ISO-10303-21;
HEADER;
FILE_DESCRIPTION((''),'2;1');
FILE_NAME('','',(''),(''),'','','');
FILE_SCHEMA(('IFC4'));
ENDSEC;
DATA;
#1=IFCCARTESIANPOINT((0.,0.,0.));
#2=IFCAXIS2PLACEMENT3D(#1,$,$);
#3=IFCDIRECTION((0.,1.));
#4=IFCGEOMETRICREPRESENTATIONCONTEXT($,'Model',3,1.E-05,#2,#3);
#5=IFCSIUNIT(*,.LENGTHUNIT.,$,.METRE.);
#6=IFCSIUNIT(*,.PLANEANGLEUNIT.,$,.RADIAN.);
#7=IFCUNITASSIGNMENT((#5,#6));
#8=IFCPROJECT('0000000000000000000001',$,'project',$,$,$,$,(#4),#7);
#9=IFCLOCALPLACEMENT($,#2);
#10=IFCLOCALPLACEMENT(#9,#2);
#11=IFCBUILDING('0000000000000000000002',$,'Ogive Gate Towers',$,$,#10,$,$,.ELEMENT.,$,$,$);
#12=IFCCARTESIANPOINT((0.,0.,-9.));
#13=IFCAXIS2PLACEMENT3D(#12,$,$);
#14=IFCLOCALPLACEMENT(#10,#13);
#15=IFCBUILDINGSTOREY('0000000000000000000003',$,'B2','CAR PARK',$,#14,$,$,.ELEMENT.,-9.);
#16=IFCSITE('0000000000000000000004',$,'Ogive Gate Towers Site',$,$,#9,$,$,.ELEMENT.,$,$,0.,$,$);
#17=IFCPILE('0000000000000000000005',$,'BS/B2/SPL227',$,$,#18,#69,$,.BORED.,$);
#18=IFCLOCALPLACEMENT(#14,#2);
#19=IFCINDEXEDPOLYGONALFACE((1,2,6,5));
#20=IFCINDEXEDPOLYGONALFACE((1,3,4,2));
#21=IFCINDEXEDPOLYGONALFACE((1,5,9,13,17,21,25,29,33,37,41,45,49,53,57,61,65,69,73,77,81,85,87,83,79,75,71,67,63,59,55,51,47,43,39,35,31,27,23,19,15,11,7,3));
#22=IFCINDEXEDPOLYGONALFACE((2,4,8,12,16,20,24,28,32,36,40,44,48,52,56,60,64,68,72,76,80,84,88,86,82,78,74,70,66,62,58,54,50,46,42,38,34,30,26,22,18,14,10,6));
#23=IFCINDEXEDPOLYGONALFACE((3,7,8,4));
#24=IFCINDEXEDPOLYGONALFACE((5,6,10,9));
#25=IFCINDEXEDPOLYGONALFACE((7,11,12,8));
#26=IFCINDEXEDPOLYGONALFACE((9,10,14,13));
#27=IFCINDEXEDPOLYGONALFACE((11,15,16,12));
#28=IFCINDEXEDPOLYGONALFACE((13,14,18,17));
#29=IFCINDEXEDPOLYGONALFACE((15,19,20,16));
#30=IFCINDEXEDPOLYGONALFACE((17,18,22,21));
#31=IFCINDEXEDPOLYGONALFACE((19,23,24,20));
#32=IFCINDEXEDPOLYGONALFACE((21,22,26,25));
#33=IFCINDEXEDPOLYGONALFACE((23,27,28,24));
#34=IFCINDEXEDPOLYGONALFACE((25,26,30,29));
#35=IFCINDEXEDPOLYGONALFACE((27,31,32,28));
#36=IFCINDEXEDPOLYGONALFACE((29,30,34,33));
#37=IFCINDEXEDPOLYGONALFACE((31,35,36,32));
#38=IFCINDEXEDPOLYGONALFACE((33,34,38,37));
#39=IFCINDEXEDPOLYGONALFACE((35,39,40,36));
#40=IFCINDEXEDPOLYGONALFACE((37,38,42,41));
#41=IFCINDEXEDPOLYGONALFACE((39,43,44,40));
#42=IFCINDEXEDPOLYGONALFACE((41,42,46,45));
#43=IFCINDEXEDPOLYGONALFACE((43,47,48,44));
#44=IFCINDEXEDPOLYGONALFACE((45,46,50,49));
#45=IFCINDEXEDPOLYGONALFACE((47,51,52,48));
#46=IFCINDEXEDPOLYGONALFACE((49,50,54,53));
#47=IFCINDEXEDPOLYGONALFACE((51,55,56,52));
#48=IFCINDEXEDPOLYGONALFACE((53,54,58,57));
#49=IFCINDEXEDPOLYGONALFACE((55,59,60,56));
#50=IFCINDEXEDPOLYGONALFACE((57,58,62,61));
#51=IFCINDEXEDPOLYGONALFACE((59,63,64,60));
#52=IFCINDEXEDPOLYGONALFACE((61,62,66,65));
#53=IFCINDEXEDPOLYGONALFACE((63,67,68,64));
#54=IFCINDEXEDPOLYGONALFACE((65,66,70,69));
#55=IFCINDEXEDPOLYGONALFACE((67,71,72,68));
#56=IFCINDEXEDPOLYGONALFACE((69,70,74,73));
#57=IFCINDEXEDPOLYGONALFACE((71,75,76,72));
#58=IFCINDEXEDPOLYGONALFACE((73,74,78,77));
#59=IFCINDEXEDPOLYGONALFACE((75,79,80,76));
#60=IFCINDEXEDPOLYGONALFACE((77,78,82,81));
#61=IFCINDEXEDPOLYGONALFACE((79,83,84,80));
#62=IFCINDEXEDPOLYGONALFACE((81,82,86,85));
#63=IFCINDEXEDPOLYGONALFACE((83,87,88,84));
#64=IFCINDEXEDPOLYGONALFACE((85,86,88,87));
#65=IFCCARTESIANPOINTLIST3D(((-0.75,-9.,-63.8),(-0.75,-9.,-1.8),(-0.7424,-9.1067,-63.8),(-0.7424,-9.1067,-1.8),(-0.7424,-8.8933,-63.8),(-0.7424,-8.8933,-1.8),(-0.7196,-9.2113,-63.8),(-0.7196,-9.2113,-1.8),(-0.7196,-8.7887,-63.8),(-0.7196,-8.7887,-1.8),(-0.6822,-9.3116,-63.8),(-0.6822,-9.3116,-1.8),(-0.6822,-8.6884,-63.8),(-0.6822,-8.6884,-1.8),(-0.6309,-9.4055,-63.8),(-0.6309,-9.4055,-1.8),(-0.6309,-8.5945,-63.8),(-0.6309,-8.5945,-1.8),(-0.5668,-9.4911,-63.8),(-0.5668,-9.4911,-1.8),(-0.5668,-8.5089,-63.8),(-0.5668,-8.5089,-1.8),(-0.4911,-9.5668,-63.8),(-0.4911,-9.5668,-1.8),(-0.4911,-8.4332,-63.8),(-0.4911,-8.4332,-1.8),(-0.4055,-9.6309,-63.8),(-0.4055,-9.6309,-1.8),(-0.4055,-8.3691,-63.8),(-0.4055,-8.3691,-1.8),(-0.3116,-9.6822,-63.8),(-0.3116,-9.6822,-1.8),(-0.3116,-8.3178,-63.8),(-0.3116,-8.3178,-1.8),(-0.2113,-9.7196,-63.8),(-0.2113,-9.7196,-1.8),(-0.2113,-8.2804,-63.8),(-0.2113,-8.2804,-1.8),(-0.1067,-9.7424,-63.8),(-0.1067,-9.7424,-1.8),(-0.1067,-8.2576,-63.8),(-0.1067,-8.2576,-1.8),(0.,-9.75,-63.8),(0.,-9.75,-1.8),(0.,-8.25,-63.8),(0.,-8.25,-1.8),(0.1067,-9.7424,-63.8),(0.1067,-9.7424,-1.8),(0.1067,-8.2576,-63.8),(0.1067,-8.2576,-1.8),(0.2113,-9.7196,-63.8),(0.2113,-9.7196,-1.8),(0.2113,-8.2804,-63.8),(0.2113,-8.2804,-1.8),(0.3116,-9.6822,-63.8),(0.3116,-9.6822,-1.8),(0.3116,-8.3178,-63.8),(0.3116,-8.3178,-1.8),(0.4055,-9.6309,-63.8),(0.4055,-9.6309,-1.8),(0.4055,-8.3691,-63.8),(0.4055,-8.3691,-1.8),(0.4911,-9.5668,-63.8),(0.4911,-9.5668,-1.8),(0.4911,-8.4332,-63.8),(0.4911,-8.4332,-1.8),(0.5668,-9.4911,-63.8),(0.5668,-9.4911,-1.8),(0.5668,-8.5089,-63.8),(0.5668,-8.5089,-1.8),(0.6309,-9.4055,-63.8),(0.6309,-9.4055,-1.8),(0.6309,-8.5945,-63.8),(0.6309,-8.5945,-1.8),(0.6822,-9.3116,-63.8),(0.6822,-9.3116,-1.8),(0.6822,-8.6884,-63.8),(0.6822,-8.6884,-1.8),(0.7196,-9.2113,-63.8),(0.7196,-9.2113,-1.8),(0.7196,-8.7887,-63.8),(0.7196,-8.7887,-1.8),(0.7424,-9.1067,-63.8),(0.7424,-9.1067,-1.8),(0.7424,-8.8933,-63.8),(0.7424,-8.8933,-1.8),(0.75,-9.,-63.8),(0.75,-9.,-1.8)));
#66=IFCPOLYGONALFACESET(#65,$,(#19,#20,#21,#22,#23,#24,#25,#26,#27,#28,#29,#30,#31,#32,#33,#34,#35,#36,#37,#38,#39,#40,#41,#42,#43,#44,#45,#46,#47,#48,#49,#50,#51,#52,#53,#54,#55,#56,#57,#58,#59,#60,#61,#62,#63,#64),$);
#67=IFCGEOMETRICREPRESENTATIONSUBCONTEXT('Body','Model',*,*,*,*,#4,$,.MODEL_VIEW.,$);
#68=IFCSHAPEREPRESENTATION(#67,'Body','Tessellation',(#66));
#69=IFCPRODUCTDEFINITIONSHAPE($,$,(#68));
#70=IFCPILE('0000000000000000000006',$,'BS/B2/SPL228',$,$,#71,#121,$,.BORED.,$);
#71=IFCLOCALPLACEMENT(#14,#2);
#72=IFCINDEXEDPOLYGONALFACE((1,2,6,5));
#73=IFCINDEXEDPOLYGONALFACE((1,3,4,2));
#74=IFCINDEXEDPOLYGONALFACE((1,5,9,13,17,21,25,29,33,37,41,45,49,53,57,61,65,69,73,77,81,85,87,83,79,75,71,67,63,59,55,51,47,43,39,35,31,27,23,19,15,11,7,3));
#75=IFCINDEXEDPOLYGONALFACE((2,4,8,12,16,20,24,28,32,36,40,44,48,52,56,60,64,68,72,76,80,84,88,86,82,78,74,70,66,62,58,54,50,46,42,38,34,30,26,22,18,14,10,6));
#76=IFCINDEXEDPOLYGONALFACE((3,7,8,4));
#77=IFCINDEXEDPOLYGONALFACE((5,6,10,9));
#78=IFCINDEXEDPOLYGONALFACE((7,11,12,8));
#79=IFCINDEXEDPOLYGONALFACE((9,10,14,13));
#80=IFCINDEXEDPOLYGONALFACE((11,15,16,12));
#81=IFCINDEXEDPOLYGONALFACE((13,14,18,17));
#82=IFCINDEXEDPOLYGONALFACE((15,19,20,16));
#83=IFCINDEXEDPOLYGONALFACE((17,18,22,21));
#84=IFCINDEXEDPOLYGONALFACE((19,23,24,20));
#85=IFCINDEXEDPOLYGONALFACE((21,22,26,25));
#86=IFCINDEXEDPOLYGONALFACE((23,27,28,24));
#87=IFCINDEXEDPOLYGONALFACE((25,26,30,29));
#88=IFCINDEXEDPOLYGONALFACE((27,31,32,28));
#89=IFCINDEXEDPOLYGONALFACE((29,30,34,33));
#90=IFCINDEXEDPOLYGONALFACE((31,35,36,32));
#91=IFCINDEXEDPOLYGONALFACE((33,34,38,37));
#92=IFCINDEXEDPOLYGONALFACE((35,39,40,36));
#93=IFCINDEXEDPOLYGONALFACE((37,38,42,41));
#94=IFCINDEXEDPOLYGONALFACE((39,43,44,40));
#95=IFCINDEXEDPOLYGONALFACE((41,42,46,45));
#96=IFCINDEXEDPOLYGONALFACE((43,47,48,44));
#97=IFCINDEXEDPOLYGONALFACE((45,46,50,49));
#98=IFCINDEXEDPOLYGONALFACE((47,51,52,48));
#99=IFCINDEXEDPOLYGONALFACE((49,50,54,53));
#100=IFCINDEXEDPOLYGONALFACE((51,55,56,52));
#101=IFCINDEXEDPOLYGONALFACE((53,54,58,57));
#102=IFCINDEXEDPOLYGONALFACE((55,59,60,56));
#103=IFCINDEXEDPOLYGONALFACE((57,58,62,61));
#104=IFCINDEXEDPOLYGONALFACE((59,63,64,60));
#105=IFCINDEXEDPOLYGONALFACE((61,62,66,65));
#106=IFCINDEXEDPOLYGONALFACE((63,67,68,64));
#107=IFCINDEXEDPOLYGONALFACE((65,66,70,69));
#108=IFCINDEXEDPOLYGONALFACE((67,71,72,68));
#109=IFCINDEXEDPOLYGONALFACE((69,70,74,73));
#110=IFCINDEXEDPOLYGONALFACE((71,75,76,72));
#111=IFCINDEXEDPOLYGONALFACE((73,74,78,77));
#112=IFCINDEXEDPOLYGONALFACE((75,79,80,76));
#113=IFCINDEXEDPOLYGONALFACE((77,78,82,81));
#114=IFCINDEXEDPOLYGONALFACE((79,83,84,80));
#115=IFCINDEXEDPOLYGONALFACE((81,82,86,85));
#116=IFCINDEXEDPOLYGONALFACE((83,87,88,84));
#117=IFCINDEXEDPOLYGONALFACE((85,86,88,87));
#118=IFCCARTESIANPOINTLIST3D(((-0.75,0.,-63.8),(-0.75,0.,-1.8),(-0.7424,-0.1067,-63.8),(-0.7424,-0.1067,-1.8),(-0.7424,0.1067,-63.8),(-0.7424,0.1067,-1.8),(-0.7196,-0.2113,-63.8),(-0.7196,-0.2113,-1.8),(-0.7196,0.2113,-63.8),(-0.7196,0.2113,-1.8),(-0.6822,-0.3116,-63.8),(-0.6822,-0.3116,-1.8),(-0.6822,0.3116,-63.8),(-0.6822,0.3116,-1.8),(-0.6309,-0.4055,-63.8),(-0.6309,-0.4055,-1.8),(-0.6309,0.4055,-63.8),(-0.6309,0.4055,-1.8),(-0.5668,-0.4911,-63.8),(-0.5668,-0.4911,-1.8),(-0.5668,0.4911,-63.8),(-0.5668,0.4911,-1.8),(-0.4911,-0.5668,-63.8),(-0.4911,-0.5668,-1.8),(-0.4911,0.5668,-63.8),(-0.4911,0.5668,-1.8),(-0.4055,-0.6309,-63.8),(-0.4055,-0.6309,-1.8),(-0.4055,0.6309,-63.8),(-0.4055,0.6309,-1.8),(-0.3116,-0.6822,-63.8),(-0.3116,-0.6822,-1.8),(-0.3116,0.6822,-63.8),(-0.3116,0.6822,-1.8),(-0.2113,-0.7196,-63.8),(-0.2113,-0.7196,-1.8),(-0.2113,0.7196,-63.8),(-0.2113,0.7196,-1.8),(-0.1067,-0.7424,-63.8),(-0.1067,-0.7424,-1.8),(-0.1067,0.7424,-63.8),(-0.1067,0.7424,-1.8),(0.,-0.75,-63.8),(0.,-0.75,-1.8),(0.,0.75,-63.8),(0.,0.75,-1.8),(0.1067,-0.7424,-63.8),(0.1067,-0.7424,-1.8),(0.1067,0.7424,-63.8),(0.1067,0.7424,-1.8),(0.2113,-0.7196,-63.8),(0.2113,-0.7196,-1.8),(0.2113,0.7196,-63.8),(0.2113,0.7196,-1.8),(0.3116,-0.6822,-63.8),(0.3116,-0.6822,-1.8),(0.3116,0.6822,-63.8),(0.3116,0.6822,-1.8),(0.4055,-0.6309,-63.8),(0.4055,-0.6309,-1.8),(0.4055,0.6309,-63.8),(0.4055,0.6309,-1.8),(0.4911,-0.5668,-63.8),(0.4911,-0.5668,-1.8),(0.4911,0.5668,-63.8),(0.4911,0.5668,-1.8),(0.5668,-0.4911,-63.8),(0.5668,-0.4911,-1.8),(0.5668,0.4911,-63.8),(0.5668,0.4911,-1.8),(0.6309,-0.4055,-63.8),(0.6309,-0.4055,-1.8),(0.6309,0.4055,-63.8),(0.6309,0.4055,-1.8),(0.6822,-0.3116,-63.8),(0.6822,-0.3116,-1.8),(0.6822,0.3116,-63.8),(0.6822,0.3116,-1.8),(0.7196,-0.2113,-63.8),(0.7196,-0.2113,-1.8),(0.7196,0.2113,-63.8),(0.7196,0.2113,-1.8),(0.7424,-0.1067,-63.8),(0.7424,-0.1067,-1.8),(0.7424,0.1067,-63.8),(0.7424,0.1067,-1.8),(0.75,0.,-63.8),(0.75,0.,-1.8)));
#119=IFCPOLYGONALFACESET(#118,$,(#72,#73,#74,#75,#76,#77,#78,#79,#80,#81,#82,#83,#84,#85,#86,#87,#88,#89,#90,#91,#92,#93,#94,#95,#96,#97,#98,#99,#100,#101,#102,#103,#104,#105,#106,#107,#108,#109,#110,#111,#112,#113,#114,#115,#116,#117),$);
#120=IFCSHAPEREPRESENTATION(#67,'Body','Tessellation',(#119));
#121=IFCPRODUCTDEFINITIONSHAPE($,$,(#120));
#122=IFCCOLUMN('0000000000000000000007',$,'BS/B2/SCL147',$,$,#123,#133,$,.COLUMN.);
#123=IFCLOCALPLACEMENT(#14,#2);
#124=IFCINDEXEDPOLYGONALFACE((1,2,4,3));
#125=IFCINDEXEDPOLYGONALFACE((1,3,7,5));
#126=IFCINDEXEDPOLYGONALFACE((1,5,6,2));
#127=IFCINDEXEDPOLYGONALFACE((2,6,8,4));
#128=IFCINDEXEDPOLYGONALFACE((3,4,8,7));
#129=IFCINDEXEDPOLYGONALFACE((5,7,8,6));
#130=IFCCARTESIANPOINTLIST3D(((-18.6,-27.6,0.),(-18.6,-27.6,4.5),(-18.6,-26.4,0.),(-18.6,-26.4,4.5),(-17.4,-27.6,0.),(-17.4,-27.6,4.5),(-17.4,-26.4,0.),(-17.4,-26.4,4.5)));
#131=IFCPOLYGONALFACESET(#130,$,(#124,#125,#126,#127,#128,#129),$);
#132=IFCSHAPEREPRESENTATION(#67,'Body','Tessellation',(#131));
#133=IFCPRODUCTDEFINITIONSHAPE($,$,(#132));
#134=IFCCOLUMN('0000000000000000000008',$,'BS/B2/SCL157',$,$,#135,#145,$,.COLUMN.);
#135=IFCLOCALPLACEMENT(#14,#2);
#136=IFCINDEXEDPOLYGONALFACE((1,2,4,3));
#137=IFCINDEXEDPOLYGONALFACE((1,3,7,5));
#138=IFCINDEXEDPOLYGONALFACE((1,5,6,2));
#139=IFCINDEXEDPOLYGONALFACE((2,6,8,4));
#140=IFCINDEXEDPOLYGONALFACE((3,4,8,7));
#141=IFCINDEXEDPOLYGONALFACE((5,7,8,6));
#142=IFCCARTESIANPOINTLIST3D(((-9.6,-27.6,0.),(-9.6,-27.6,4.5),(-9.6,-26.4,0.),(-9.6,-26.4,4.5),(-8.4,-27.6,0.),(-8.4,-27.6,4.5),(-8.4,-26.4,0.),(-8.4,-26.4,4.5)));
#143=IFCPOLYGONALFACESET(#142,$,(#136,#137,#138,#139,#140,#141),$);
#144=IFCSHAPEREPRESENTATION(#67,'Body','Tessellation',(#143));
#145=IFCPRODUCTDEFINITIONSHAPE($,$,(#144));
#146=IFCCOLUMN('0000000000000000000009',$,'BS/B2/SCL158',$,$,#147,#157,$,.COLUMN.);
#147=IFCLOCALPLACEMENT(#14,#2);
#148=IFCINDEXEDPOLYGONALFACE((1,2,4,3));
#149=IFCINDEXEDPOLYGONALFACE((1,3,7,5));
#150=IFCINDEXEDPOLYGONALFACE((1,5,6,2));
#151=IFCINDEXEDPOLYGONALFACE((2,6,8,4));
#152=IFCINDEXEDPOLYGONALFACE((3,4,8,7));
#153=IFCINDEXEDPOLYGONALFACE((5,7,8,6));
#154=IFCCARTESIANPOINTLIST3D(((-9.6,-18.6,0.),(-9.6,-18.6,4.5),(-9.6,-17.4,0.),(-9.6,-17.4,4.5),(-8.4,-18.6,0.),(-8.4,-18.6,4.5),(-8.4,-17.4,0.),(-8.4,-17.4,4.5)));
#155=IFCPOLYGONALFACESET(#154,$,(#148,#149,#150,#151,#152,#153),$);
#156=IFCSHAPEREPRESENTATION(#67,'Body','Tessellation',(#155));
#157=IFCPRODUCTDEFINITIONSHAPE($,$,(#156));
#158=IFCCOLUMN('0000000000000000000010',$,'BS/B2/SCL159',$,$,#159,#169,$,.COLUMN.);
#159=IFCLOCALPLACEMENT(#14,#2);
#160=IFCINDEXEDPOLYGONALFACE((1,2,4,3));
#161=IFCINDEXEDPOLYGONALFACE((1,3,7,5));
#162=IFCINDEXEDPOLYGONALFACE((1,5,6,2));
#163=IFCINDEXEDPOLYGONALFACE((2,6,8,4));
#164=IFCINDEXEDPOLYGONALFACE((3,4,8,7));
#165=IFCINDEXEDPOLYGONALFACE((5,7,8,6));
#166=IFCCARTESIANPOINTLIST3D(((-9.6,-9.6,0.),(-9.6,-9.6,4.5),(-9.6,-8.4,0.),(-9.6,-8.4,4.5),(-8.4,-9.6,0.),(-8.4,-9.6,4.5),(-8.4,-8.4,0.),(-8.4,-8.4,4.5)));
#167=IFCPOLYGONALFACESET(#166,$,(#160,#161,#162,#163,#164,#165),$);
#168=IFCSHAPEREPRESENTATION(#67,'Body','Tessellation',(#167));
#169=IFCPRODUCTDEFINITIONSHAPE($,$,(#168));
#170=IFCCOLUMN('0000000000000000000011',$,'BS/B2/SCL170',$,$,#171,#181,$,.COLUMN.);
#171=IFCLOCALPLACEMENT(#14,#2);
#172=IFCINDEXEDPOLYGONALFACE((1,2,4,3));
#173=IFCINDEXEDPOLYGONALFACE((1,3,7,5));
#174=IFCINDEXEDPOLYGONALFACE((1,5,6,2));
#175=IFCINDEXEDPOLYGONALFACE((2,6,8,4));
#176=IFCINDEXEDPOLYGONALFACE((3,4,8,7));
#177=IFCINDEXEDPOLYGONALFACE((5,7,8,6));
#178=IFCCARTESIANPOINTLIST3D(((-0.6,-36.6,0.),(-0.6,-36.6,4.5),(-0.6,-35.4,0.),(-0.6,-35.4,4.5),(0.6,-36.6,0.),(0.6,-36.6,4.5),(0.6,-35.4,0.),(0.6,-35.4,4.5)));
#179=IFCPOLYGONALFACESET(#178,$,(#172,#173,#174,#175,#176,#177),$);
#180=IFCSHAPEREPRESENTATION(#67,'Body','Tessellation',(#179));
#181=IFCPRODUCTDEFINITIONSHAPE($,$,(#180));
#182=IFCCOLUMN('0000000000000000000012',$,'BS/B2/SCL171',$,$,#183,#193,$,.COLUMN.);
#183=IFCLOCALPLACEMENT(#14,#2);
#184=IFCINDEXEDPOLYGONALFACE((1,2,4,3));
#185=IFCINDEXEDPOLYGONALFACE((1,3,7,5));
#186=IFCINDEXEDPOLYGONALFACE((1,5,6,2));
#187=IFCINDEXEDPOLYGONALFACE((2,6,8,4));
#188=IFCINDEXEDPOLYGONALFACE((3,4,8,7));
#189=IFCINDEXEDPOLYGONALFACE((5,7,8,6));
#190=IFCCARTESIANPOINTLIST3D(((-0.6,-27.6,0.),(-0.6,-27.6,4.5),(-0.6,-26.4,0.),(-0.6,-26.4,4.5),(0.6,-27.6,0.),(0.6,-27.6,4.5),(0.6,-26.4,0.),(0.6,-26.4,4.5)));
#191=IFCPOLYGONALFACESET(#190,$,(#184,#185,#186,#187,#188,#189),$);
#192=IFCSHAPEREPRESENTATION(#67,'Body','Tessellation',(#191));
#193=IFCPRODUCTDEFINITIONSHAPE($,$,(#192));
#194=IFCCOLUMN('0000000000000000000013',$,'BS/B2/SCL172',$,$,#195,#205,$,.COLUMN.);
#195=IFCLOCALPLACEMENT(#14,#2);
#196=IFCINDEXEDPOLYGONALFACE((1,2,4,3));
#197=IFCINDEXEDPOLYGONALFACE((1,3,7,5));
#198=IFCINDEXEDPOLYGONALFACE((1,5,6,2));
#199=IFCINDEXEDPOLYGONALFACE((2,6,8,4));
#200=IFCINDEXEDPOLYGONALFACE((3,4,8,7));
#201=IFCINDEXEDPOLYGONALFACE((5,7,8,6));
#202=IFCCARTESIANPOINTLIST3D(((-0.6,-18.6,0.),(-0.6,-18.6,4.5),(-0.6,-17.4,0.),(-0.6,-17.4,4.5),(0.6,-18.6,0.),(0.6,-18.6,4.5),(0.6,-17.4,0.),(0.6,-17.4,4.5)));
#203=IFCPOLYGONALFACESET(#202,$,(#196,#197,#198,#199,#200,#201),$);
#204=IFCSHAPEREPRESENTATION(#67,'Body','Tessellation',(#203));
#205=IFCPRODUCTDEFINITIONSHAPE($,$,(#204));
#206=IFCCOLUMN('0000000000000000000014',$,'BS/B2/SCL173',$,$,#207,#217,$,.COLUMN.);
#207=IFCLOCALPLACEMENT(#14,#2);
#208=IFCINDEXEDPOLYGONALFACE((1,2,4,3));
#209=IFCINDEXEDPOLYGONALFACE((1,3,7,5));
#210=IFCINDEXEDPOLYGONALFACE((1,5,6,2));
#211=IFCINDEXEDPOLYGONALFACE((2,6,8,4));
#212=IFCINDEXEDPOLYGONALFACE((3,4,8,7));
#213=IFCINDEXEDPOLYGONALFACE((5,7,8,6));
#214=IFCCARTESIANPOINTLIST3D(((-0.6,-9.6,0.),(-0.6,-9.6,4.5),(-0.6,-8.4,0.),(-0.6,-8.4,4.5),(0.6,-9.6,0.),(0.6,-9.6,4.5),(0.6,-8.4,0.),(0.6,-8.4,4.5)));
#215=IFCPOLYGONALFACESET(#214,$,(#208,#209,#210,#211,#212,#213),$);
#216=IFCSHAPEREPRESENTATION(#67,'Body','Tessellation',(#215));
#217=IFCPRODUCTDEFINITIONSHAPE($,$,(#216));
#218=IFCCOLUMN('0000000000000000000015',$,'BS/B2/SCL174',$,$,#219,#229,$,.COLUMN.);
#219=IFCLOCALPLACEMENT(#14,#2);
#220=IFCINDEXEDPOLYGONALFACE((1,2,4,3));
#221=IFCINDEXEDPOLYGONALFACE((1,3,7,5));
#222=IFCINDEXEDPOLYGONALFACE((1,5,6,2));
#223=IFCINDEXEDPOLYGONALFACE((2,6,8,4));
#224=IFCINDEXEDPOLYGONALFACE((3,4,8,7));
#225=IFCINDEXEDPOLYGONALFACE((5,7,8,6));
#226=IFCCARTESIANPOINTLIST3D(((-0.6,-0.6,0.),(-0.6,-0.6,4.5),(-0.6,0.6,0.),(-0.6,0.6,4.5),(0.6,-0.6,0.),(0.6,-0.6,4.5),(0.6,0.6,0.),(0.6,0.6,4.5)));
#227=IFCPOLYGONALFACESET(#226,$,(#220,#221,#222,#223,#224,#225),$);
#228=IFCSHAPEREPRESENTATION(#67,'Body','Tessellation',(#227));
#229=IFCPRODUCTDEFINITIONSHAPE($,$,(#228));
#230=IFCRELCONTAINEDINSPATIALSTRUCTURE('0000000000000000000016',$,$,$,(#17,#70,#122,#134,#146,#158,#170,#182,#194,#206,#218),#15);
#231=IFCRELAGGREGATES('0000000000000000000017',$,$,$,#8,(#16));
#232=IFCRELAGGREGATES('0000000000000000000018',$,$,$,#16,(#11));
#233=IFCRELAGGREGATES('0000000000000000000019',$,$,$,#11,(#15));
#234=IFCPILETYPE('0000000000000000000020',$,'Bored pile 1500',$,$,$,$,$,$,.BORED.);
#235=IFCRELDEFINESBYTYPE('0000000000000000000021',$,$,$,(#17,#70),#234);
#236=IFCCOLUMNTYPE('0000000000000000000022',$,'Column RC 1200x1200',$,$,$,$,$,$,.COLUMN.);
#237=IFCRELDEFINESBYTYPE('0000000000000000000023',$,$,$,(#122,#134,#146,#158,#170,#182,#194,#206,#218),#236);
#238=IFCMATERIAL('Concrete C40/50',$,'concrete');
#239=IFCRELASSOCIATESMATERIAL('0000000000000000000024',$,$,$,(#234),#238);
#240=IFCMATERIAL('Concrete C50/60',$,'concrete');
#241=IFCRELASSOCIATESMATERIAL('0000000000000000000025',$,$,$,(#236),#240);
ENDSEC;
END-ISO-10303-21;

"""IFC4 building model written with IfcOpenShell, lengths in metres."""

from ifc_helpers import new_model, si_unit, direction, frame, origin, origin_2d, place, context, subcontext, project, spatial, rectangle, circle, extrude, material, material_profile, profile_set, type_object, element, save


model = new_model("IFC4")

# Units and contexts
model_context = context("Model", 3, precision=1e-05, world=origin(), true_north=direction((0.0, 1.0)))
body_context = subcontext(model_context, "Body", "Model", "MODEL_VIEW")
ifc_project = project(units=[si_unit("LENGTHUNIT", "METRE"), si_unit("PLANEANGLEUNIT", "RADIAN")], contexts=[model_context])

# Site, building, storey
site_placement = place(None, origin())
site = spatial("IfcSite", under=ifc_project, at=site_placement, Name="Ogive Gate Towers Site", CompositionType="ELEMENT", RefElevation=0.0)
building_placement = place(site_placement, origin())
building = spatial("IfcBuilding", under=site, at=building_placement, Name="Ogive Gate Towers", CompositionType="ELEMENT")
storey_placement = place(building_placement, frame((0.0, 0.0, -9.0)))
storey = spatial("IfcBuildingStorey", under=building, at=storey_placement, Name="B2", Description="CAR PARK", CompositionType="ELEMENT", Elevation=-9.0)

# Shared definitions
ifc_material_1 = material(Name="Concrete C40/50", Category="concrete")

# Piles
ifc_material_profile_1 = material_profile(ifc_material_1, circle(Radius=0.75, at=origin_2d()), Name="BP 1500")
ifc_profile_set_1 = profile_set([ifc_material_profile_1], Name="Concrete C40/50")
pile_type = type_object("IfcPileType", Name="Bored pile 1500", PredefinedType="BORED", material=ifc_profile_set_1)
for number, where, z_axis, x_axis, name in (
    (1, (0.0, -9.0, -1.8), (0.0, 0.0, -1.0), (1.0, 0.0, 0.0), "BS/B2/SPL227"),
    (2, (0.0, 0.0, -1.8), (0.0, 0.0, -1.0), (1.0, 0.0, 0.0), "BS/B2/SPL228"),
):
    element("IfcPile", number, at=place(storey_placement, frame(where, z_axis=z_axis, x_axis=x_axis)), inside=storey, type_object=pile_type, Name=name, PredefinedType="BORED", context=body_context, shape_type="SweptSolid", body=[
        extrude(circle(Radius=0.75, at=origin_2d()), origin(), (0.0, 0.0, 1.0), 62.0),
    ])

# Columns
ifc_material_2 = material(Name="Concrete C50/60", Category="concrete")
ifc_material_profile_2 = material_profile(ifc_material_2, rectangle(XDim=1.2, YDim=1.2, at=origin_2d()), Name="RC 1200x1200")
ifc_profile_set_2 = profile_set([ifc_material_profile_2], Name="Concrete C50/60")
column_type_1 = type_object("IfcColumnType", Name="Column RC 1200x1200", PredefinedType="COLUMN", material=ifc_profile_set_2)
for number, where, z_axis, x_axis, name in (
    (3, (-18.0, -27.0, 0.0), (0.0, 0.0, 1.0), (1.0, 0.0, 0.0), "BS/B2/SCL147"),
    (4, (-9.0, -27.0, 0.0), (0.0, 0.0, 1.0), (1.0, 0.0, 0.0), "BS/B2/SCL157"),
    (5, (-9.0, -18.0, 0.0), (0.0, 0.0, 1.0), (1.0, 0.0, 0.0), "BS/B2/SCL158"),
    (6, (-9.0, -9.0, 0.0), (0.0, 0.0, 1.0), (1.0, 0.0, 0.0), "BS/B2/SCL159"),
    (7, (0.0, -36.0, 0.0), (0.0, 0.0, 1.0), (1.0, 0.0, 0.0), "BS/B2/SCL170"),
    (8, (0.0, -27.0, 0.0), (0.0, 0.0, 1.0), (1.0, 0.0, 0.0), "BS/B2/SCL171"),
    (9, (0.0, -18.0, 0.0), (0.0, 0.0, 1.0), (1.0, 0.0, 0.0), "BS/B2/SCL172"),
    (10, (0.0, -9.0, 0.0), (0.0, 0.0, 1.0), (1.0, 0.0, 0.0), "BS/B2/SCL173"),
    (11, (0.0, 0.0, 0.0), (0.0, 0.0, 1.0), (1.0, 0.0, 0.0), "BS/B2/SCL174"),
):
    element("IfcColumn", number, at=place(storey_placement, frame(where, z_axis=z_axis, x_axis=x_axis)), inside=storey, type_object=column_type_1, Name=name, PredefinedType="COLUMN", context=body_context, shape_type="SweptSolid", body=[
        extrude(rectangle(XDim=1.2, YDim=1.2, at=origin_2d()), origin(), (0.0, 0.0, 1.0), 4.5),
    ])

save(model, "model.ifc")
